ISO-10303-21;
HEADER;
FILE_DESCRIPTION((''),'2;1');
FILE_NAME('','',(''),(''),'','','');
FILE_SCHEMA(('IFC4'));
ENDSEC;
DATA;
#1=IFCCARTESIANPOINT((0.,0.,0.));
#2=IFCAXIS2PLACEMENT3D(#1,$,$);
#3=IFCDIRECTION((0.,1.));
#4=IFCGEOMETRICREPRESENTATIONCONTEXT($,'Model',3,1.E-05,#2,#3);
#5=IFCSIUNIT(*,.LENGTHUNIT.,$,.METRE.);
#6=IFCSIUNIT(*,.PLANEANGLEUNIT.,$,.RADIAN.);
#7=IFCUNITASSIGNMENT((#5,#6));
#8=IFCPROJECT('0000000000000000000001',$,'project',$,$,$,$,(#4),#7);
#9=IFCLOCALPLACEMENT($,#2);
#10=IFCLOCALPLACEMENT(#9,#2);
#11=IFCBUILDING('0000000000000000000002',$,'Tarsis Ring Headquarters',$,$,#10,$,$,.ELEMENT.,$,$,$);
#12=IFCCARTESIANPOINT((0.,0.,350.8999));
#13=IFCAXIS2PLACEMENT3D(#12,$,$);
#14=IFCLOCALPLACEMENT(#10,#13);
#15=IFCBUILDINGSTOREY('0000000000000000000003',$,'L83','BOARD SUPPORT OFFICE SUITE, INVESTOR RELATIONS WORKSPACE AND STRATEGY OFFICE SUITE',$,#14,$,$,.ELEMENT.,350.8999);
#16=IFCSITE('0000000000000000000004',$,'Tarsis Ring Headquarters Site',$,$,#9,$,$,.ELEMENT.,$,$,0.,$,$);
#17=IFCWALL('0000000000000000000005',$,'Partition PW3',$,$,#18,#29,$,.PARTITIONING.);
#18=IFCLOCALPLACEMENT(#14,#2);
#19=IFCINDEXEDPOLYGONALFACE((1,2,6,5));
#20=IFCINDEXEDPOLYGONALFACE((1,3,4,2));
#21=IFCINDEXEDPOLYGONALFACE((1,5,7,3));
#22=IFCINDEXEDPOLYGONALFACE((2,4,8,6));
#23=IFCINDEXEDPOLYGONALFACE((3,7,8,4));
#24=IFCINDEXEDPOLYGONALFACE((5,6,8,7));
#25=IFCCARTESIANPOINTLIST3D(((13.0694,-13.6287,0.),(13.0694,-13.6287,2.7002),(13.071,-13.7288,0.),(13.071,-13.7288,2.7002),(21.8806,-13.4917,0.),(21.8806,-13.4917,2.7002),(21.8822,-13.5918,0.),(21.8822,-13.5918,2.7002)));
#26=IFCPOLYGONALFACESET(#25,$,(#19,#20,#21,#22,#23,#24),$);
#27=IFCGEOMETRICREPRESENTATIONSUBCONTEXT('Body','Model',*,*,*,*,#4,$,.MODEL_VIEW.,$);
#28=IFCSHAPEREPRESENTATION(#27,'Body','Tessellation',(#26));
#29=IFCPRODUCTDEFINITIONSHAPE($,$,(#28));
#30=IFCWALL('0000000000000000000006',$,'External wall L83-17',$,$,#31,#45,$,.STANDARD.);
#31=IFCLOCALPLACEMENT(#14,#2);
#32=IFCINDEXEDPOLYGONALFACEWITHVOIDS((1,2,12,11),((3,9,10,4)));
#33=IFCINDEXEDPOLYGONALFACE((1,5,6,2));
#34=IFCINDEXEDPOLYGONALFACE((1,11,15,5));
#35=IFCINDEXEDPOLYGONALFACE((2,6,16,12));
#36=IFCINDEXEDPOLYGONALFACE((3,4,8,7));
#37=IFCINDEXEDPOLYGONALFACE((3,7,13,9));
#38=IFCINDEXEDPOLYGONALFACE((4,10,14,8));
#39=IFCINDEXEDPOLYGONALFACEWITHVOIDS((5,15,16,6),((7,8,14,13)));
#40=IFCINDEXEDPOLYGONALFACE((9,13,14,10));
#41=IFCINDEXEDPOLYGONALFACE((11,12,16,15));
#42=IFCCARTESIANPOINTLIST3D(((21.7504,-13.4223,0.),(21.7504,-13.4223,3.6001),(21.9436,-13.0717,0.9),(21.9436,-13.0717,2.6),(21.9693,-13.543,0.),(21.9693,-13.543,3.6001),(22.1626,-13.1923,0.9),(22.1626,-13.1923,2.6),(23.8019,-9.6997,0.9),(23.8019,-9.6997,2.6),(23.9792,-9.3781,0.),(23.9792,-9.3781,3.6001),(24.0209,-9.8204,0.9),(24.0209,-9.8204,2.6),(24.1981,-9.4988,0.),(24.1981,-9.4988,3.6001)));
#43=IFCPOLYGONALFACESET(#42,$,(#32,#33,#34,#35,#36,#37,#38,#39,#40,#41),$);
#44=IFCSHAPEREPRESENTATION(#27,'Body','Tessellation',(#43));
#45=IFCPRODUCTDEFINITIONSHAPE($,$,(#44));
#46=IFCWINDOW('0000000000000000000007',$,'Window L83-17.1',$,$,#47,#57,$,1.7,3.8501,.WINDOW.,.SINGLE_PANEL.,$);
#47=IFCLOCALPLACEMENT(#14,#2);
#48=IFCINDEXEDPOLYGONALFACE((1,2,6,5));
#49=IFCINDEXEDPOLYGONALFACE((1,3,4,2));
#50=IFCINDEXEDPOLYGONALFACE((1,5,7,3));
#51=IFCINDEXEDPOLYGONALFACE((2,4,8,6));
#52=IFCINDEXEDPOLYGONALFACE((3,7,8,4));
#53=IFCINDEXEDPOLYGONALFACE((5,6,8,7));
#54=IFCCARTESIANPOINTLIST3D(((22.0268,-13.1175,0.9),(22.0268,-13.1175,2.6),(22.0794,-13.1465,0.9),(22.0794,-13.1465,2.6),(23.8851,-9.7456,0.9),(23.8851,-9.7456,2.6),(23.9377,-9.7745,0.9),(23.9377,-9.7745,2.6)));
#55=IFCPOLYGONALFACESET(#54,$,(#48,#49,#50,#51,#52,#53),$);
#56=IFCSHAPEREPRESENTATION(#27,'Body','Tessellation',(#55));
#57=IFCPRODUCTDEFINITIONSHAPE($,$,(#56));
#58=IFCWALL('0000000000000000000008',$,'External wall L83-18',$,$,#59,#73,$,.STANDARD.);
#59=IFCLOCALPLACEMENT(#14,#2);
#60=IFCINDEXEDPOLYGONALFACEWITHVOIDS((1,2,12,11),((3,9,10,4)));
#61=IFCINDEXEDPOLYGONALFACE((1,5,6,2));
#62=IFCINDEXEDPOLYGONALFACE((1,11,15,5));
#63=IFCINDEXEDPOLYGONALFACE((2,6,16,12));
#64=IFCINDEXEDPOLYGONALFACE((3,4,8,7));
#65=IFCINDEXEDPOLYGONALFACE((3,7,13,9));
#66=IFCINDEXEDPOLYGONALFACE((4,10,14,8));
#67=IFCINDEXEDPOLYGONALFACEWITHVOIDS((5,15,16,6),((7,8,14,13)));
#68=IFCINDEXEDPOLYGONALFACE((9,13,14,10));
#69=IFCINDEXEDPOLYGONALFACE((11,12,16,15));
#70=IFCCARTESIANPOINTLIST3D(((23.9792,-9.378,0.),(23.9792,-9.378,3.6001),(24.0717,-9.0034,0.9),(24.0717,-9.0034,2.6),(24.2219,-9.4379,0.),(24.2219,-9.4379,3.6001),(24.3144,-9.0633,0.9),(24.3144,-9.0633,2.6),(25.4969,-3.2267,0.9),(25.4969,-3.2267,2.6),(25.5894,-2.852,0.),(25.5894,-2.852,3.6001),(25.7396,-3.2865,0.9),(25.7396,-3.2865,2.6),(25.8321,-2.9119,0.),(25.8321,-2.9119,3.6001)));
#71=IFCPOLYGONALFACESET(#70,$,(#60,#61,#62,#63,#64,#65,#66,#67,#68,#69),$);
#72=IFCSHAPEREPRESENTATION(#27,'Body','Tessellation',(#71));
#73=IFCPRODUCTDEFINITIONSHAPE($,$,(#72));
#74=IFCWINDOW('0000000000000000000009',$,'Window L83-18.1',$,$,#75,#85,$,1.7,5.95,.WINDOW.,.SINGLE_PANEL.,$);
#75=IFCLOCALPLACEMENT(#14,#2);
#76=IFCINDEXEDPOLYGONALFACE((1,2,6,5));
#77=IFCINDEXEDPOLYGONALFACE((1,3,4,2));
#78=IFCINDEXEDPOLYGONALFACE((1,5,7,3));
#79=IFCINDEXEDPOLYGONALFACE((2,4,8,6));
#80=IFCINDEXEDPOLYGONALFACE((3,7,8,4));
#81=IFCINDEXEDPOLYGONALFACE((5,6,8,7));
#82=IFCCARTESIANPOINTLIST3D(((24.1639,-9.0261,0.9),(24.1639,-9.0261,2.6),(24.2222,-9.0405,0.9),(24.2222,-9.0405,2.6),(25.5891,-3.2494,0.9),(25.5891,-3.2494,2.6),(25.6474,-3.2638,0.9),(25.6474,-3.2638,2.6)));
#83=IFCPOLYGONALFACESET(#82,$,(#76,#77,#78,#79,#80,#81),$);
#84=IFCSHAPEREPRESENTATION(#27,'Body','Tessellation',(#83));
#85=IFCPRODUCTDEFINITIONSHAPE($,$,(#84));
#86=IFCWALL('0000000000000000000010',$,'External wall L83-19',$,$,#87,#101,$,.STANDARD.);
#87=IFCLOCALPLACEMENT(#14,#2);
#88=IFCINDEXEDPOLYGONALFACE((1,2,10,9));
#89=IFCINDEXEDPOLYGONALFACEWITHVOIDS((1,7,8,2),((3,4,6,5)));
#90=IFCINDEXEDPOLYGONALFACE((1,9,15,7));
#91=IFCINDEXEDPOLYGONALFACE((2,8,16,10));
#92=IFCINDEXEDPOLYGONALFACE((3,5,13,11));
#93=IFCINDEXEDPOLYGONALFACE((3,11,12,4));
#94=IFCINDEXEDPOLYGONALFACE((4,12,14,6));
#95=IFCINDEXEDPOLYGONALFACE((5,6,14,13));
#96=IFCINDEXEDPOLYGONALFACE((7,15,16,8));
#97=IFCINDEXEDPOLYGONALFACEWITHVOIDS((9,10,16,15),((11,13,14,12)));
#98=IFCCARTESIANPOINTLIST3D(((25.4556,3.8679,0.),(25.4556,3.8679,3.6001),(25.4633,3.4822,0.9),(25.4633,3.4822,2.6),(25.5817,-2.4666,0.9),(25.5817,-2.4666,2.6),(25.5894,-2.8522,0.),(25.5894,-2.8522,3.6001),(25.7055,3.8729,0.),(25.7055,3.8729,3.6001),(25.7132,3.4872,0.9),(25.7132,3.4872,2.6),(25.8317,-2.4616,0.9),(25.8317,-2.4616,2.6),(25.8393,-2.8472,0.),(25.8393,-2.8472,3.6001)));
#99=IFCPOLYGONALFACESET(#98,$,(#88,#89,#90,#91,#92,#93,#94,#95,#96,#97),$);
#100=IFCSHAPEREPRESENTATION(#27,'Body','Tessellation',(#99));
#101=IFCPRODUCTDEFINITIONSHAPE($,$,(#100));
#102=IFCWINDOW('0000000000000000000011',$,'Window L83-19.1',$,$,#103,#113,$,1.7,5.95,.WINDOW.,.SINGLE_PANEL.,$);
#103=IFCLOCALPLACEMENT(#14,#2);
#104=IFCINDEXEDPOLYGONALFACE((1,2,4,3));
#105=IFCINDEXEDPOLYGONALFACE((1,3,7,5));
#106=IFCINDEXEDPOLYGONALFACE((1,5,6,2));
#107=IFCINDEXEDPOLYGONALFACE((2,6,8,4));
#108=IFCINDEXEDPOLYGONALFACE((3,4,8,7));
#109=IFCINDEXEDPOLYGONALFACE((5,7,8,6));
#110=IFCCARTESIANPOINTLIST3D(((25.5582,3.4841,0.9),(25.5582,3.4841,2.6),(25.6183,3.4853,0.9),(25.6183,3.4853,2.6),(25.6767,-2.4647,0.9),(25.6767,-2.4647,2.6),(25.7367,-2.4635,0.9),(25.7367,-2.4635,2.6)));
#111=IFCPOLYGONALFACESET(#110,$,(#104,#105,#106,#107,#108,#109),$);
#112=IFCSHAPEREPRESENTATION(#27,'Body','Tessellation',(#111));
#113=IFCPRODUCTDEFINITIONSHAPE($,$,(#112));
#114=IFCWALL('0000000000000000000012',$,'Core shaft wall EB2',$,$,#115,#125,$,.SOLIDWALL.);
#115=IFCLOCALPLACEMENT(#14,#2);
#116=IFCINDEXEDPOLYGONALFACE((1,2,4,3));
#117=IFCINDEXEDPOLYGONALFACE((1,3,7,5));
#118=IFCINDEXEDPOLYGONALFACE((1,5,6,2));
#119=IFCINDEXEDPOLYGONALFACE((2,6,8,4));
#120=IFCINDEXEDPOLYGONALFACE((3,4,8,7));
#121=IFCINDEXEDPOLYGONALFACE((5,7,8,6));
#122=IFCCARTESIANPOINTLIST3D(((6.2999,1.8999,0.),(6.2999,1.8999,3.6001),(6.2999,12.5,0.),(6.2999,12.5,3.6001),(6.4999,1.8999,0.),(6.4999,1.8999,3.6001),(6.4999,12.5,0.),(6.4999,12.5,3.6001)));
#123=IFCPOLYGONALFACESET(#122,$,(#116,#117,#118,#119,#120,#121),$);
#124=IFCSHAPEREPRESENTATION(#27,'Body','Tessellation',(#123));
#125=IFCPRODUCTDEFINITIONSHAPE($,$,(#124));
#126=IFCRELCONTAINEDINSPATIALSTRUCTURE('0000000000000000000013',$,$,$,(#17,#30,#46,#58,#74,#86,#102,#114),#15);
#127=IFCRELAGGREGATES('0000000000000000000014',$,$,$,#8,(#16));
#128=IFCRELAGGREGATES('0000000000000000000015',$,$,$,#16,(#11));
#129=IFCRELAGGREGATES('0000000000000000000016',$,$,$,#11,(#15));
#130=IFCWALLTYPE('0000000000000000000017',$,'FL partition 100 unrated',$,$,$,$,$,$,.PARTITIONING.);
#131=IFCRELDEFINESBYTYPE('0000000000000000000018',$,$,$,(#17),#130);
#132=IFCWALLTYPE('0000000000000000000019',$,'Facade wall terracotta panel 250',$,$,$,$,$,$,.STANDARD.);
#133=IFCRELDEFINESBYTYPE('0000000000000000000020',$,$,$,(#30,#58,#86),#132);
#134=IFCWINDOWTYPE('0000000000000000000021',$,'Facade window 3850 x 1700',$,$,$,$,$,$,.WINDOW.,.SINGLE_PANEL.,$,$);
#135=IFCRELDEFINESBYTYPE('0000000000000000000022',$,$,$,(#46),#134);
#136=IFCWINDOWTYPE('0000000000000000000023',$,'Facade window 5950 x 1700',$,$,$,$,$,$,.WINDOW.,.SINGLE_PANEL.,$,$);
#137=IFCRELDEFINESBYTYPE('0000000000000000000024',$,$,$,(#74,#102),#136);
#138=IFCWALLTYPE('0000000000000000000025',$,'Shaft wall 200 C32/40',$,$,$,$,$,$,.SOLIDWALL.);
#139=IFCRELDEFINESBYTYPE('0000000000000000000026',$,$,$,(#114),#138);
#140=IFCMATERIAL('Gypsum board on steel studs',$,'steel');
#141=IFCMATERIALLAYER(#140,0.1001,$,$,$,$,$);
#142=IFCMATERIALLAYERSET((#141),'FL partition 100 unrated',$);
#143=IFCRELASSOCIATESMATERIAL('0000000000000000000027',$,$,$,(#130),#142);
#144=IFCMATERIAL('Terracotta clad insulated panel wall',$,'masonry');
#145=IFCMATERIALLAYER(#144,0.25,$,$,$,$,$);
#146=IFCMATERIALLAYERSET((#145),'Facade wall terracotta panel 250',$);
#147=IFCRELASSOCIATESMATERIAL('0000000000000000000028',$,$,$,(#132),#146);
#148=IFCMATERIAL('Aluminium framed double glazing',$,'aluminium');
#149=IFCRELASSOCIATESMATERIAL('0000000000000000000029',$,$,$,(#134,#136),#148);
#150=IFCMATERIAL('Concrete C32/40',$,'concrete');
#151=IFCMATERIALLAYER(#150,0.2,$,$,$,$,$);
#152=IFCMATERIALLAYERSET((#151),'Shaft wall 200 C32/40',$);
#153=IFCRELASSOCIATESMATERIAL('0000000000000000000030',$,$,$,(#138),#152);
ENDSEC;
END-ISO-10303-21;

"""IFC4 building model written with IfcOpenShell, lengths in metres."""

from ifc_helpers import new_model, si_unit, direction, frame, frame_2d, origin, place, context, subcontext, project, spatial, rectangle, extrude, material, layer, layer_set, type_object, element, fill, save


model = new_model("IFC4")

# Units and contexts
model_context = context("Model", 3, precision=1e-05, world=origin(), true_north=direction((0.0, 1.0)))
body_context = subcontext(model_context, "Body", "Model", "MODEL_VIEW")
ifc_project = project(units=[si_unit("LENGTHUNIT", "METRE"), si_unit("PLANEANGLEUNIT", "RADIAN")], contexts=[model_context])

# Site, building, storey
site_placement = place(None, origin())
site = spatial("IfcSite", under=ifc_project, at=site_placement, Name="Tarsis Ring Headquarters Site", CompositionType="ELEMENT", RefElevation=0.0)
building_placement = place(site_placement, origin())
building = spatial("IfcBuilding", under=site, at=building_placement, Name="Tarsis Ring Headquarters", CompositionType="ELEMENT")
storey_placement = place(building_placement, frame((0.0, 0.0, 350.8999)))
storey = spatial("IfcBuildingStorey", under=building, at=storey_placement, Name="L83", Description="BOARD SUPPORT OFFICE SUITE, INVESTOR RELATIONS WORKSPACE AND STRATEGY OFFICE SUITE", CompositionType="ELEMENT", Elevation=350.8999)

# Wall
ifc_material_1 = material(Name="Gypsum board on steel studs", Category="steel")
ifc_layer_1 = layer(ifc_material_1, 0.1001)
ifc_layer_set_1 = layer_set([ifc_layer_1], Name="FL partition 100 unrated")
wall_type_1 = type_object("IfcWallType", Name="FL partition 100 unrated", PredefinedType="PARTITIONING", material=ifc_layer_set_1)
wall_1_placement = place(storey_placement, frame((13.0701, -13.6787, 0.0), z_axis=(0.0, 0.0, 1.0), x_axis=(0.999879, 0.015542, 0.0)))
element("IfcWall", 1, at=wall_1_placement, inside=storey, type_object=wall_type_1, Name="Partition PW3", PredefinedType="PARTITIONING", context=body_context, shape_type="SweptSolid", body=[
    extrude(rectangle(XDim=8.8123, YDim=0.1001, at=frame_2d((4.4062, 0.0))), origin(), (0.0, 0.0, 1.0), 2.7002),
])

# Walls, openings, windows
ifc_material_2 = material(Name="Terracotta clad insulated panel wall", Category="masonry")
ifc_layer_2 = layer(ifc_material_2, 0.25)
ifc_layer_set_2 = layer_set([ifc_layer_2], Name="Facade wall terracotta panel 250")
wall_type_2 = type_object("IfcWallType", Name="Facade wall terracotta panel 250", PredefinedType="STANDARD", material=ifc_layer_set_2)
wall_2_placement = place(storey_placement, frame((21.8599, -13.4827, 0.0), z_axis=(0.0, 0.0, 1.0), x_axis=(0.482659, 0.875808, 0.0)))
wall_2 = element("IfcWall", 2, at=wall_2_placement, inside=storey, type_object=wall_type_2, Name="External wall L83-17", PredefinedType="STANDARD", context=body_context, shape_type="SweptSolid", body=[
    extrude(rectangle(XDim=4.6177, YDim=0.25, at=frame_2d((2.3088, 0.0))), origin(), (0.0, 0.0, 1.0), 3.6001),
])
opening_1_placement = place(wall_2_placement, frame((0.4004, 0.0, 0.8999)))
opening_1 = element("IfcOpeningElement", 3, at=opening_1_placement, cuts=wall_2, PredefinedType="OPENING", context=body_context, shape_type="SweptSolid", body=[
    extrude(rectangle(XDim=3.8501, YDim=1.7, at=frame_2d((1.925, 0.8501))), frame((0.0, 0.135, 0.0), z_axis=(0.0, -1.0, 0.0), x_axis=(1.0, 0.0, 0.0)), (0.0, 0.0, 1.0), 0.27),
])
ifc_material_3 = material(Name="Aluminium framed double glazing", Category="aluminium")
window_type_1 = type_object("IfcWindowType", Name="Facade window 3850 x 1700", PartitioningType="SINGLE_PANEL", PredefinedType="WINDOW", material=ifc_material_3)
window_1_placement = place(opening_1_placement, origin())
window_1 = element("IfcWindow", 4, at=window_1_placement, inside=storey, type_object=window_type_1, Name="Window L83-17.1", OverallHeight=1.7, OverallWidth=3.8501, PartitioningType="SINGLE_PANEL", PredefinedType="WINDOW", context=body_context, shape_type="SweptSolid", body=[
    extrude(rectangle(XDim=3.8501, YDim=1.7, at=frame_2d((1.925, 0.8501))), frame((0.0, 0.03, 0.0), z_axis=(0.0, -1.0, 0.0), x_axis=(1.0, 0.0, 0.0)), (0.0, 0.0, 1.0), 0.0601),
])
fill(opening_1, window_1)
wall_3_placement = place(storey_placement, frame((24.1006, -9.408, 0.0), z_axis=(0.0, 0.0, 1.0), x_axis=(0.239543, 0.970886, 0.0)))
wall_3 = element("IfcWall", 5, at=wall_3_placement, inside=storey, type_object=wall_type_2, Name="External wall L83-18", PredefinedType="STANDARD", context=body_context, shape_type="SweptSolid", body=[
    extrude(rectangle(XDim=6.7217, YDim=0.25, at=frame_2d((3.3608, 0.0))), origin(), (0.0, 0.0, 1.0), 3.6001),
])
opening_2_placement = place(wall_3_placement, frame((0.3857, 0.0, 0.8999)))
opening_2 = element("IfcOpeningElement", 6, at=opening_2_placement, cuts=wall_3, PredefinedType="OPENING", context=body_context, shape_type="SweptSolid", body=[
    extrude(rectangle(XDim=5.95, YDim=1.7, at=frame_2d((2.9751, 0.8501))), frame((0.0, 0.135, 0.0), z_axis=(0.0, -1.0, 0.0), x_axis=(1.0, 0.0, 0.0)), (0.0, 0.0, 1.0), 0.27),
])
window_type_2 = type_object("IfcWindowType", Name="Facade window 5950 x 1700", PartitioningType="SINGLE_PANEL", PredefinedType="WINDOW", material=ifc_material_3)
window_2_placement = place(opening_2_placement, origin())
window_2 = element("IfcWindow", 7, at=window_2_placement, inside=storey, type_object=window_type_2, Name="Window L83-18.1", OverallHeight=1.7, OverallWidth=5.95, PartitioningType="SINGLE_PANEL", PredefinedType="WINDOW", context=body_context, shape_type="SweptSolid", body=[
    extrude(rectangle(XDim=5.95, YDim=1.7, at=frame_2d((2.9751, 0.8501))), frame((0.0, 0.03, 0.0), z_axis=(0.0, -1.0, 0.0), x_axis=(1.0, 0.0, 0.0)), (0.0, 0.0, 1.0), 0.0601),
])
fill(opening_2, window_2)
wall_4_placement = place(storey_placement, frame((25.7144, -2.8499, 0.0), z_axis=(0.0, 0.0, 1.0), x_axis=(-0.019905, 0.999802, 0.0)))
wall_4 = element("IfcWall", 8, at=wall_4_placement, inside=storey, type_object=wall_type_2, Name="External wall L83-19", PredefinedType="STANDARD", context=body_context, shape_type="SweptSolid", body=[
    extrude(rectangle(XDim=6.7214, YDim=0.25, at=frame_2d((3.3608, 0.0))), origin(), (0.0, 0.0, 1.0), 3.6001),
])
opening_3_placement = place(wall_4_placement, frame((0.3857, 0.0, 0.8999)))
opening_3 = element("IfcOpeningElement", 9, at=opening_3_placement, cuts=wall_4, PredefinedType="OPENING", context=body_context, shape_type="SweptSolid", body=[
    extrude(rectangle(XDim=5.95, YDim=1.7, at=frame_2d((2.9751, 0.8501))), frame((0.0, 0.135, 0.0), z_axis=(0.0, -1.0, 0.0), x_axis=(1.0, 0.0, 0.0)), (0.0, 0.0, 1.0), 0.27),
])
window_3_placement = place(opening_3_placement, origin())
window_3 = element("IfcWindow", 10, at=window_3_placement, inside=storey, type_object=window_type_2, Name="Window L83-19.1", OverallHeight=1.7, OverallWidth=5.95, PartitioningType="SINGLE_PANEL", PredefinedType="WINDOW", context=body_context, shape_type="SweptSolid", body=[
    extrude(rectangle(XDim=5.95, YDim=1.7, at=frame_2d((2.9751, 0.8501))), frame((0.0, 0.03, 0.0), z_axis=(0.0, -1.0, 0.0), x_axis=(1.0, 0.0, 0.0)), (0.0, 0.0, 1.0), 0.0601),
])
fill(opening_3, window_3)

# Wall
ifc_material_4 = material(Name="Concrete C32/40", Category="concrete")
ifc_layer_3 = layer(ifc_material_4, 0.2)
ifc_layer_set_3 = layer_set([ifc_layer_3], Name="Shaft wall 200 C32/40")
wall_type_3 = type_object("IfcWallType", Name="Shaft wall 200 C32/40", PredefinedType="SOLIDWALL", material=ifc_layer_set_3)
wall_5_placement = place(storey_placement, frame((6.3999, 1.8999, 0.0), z_axis=(0.0, 0.0, 1.0), x_axis=(0.0, 1.0, 0.0)))
element("IfcWall", 11, at=wall_5_placement, inside=storey, type_object=wall_type_3, Name="Core shaft wall EB2", PredefinedType="SOLIDWALL", context=body_context, shape_type="SweptSolid", body=[
    extrude(rectangle(XDim=10.6001, YDim=0.2, at=frame_2d((5.3, 0.0))), origin(), (0.0, 0.0, 1.0), 3.6001),
])

save(model, "model.ifc")
